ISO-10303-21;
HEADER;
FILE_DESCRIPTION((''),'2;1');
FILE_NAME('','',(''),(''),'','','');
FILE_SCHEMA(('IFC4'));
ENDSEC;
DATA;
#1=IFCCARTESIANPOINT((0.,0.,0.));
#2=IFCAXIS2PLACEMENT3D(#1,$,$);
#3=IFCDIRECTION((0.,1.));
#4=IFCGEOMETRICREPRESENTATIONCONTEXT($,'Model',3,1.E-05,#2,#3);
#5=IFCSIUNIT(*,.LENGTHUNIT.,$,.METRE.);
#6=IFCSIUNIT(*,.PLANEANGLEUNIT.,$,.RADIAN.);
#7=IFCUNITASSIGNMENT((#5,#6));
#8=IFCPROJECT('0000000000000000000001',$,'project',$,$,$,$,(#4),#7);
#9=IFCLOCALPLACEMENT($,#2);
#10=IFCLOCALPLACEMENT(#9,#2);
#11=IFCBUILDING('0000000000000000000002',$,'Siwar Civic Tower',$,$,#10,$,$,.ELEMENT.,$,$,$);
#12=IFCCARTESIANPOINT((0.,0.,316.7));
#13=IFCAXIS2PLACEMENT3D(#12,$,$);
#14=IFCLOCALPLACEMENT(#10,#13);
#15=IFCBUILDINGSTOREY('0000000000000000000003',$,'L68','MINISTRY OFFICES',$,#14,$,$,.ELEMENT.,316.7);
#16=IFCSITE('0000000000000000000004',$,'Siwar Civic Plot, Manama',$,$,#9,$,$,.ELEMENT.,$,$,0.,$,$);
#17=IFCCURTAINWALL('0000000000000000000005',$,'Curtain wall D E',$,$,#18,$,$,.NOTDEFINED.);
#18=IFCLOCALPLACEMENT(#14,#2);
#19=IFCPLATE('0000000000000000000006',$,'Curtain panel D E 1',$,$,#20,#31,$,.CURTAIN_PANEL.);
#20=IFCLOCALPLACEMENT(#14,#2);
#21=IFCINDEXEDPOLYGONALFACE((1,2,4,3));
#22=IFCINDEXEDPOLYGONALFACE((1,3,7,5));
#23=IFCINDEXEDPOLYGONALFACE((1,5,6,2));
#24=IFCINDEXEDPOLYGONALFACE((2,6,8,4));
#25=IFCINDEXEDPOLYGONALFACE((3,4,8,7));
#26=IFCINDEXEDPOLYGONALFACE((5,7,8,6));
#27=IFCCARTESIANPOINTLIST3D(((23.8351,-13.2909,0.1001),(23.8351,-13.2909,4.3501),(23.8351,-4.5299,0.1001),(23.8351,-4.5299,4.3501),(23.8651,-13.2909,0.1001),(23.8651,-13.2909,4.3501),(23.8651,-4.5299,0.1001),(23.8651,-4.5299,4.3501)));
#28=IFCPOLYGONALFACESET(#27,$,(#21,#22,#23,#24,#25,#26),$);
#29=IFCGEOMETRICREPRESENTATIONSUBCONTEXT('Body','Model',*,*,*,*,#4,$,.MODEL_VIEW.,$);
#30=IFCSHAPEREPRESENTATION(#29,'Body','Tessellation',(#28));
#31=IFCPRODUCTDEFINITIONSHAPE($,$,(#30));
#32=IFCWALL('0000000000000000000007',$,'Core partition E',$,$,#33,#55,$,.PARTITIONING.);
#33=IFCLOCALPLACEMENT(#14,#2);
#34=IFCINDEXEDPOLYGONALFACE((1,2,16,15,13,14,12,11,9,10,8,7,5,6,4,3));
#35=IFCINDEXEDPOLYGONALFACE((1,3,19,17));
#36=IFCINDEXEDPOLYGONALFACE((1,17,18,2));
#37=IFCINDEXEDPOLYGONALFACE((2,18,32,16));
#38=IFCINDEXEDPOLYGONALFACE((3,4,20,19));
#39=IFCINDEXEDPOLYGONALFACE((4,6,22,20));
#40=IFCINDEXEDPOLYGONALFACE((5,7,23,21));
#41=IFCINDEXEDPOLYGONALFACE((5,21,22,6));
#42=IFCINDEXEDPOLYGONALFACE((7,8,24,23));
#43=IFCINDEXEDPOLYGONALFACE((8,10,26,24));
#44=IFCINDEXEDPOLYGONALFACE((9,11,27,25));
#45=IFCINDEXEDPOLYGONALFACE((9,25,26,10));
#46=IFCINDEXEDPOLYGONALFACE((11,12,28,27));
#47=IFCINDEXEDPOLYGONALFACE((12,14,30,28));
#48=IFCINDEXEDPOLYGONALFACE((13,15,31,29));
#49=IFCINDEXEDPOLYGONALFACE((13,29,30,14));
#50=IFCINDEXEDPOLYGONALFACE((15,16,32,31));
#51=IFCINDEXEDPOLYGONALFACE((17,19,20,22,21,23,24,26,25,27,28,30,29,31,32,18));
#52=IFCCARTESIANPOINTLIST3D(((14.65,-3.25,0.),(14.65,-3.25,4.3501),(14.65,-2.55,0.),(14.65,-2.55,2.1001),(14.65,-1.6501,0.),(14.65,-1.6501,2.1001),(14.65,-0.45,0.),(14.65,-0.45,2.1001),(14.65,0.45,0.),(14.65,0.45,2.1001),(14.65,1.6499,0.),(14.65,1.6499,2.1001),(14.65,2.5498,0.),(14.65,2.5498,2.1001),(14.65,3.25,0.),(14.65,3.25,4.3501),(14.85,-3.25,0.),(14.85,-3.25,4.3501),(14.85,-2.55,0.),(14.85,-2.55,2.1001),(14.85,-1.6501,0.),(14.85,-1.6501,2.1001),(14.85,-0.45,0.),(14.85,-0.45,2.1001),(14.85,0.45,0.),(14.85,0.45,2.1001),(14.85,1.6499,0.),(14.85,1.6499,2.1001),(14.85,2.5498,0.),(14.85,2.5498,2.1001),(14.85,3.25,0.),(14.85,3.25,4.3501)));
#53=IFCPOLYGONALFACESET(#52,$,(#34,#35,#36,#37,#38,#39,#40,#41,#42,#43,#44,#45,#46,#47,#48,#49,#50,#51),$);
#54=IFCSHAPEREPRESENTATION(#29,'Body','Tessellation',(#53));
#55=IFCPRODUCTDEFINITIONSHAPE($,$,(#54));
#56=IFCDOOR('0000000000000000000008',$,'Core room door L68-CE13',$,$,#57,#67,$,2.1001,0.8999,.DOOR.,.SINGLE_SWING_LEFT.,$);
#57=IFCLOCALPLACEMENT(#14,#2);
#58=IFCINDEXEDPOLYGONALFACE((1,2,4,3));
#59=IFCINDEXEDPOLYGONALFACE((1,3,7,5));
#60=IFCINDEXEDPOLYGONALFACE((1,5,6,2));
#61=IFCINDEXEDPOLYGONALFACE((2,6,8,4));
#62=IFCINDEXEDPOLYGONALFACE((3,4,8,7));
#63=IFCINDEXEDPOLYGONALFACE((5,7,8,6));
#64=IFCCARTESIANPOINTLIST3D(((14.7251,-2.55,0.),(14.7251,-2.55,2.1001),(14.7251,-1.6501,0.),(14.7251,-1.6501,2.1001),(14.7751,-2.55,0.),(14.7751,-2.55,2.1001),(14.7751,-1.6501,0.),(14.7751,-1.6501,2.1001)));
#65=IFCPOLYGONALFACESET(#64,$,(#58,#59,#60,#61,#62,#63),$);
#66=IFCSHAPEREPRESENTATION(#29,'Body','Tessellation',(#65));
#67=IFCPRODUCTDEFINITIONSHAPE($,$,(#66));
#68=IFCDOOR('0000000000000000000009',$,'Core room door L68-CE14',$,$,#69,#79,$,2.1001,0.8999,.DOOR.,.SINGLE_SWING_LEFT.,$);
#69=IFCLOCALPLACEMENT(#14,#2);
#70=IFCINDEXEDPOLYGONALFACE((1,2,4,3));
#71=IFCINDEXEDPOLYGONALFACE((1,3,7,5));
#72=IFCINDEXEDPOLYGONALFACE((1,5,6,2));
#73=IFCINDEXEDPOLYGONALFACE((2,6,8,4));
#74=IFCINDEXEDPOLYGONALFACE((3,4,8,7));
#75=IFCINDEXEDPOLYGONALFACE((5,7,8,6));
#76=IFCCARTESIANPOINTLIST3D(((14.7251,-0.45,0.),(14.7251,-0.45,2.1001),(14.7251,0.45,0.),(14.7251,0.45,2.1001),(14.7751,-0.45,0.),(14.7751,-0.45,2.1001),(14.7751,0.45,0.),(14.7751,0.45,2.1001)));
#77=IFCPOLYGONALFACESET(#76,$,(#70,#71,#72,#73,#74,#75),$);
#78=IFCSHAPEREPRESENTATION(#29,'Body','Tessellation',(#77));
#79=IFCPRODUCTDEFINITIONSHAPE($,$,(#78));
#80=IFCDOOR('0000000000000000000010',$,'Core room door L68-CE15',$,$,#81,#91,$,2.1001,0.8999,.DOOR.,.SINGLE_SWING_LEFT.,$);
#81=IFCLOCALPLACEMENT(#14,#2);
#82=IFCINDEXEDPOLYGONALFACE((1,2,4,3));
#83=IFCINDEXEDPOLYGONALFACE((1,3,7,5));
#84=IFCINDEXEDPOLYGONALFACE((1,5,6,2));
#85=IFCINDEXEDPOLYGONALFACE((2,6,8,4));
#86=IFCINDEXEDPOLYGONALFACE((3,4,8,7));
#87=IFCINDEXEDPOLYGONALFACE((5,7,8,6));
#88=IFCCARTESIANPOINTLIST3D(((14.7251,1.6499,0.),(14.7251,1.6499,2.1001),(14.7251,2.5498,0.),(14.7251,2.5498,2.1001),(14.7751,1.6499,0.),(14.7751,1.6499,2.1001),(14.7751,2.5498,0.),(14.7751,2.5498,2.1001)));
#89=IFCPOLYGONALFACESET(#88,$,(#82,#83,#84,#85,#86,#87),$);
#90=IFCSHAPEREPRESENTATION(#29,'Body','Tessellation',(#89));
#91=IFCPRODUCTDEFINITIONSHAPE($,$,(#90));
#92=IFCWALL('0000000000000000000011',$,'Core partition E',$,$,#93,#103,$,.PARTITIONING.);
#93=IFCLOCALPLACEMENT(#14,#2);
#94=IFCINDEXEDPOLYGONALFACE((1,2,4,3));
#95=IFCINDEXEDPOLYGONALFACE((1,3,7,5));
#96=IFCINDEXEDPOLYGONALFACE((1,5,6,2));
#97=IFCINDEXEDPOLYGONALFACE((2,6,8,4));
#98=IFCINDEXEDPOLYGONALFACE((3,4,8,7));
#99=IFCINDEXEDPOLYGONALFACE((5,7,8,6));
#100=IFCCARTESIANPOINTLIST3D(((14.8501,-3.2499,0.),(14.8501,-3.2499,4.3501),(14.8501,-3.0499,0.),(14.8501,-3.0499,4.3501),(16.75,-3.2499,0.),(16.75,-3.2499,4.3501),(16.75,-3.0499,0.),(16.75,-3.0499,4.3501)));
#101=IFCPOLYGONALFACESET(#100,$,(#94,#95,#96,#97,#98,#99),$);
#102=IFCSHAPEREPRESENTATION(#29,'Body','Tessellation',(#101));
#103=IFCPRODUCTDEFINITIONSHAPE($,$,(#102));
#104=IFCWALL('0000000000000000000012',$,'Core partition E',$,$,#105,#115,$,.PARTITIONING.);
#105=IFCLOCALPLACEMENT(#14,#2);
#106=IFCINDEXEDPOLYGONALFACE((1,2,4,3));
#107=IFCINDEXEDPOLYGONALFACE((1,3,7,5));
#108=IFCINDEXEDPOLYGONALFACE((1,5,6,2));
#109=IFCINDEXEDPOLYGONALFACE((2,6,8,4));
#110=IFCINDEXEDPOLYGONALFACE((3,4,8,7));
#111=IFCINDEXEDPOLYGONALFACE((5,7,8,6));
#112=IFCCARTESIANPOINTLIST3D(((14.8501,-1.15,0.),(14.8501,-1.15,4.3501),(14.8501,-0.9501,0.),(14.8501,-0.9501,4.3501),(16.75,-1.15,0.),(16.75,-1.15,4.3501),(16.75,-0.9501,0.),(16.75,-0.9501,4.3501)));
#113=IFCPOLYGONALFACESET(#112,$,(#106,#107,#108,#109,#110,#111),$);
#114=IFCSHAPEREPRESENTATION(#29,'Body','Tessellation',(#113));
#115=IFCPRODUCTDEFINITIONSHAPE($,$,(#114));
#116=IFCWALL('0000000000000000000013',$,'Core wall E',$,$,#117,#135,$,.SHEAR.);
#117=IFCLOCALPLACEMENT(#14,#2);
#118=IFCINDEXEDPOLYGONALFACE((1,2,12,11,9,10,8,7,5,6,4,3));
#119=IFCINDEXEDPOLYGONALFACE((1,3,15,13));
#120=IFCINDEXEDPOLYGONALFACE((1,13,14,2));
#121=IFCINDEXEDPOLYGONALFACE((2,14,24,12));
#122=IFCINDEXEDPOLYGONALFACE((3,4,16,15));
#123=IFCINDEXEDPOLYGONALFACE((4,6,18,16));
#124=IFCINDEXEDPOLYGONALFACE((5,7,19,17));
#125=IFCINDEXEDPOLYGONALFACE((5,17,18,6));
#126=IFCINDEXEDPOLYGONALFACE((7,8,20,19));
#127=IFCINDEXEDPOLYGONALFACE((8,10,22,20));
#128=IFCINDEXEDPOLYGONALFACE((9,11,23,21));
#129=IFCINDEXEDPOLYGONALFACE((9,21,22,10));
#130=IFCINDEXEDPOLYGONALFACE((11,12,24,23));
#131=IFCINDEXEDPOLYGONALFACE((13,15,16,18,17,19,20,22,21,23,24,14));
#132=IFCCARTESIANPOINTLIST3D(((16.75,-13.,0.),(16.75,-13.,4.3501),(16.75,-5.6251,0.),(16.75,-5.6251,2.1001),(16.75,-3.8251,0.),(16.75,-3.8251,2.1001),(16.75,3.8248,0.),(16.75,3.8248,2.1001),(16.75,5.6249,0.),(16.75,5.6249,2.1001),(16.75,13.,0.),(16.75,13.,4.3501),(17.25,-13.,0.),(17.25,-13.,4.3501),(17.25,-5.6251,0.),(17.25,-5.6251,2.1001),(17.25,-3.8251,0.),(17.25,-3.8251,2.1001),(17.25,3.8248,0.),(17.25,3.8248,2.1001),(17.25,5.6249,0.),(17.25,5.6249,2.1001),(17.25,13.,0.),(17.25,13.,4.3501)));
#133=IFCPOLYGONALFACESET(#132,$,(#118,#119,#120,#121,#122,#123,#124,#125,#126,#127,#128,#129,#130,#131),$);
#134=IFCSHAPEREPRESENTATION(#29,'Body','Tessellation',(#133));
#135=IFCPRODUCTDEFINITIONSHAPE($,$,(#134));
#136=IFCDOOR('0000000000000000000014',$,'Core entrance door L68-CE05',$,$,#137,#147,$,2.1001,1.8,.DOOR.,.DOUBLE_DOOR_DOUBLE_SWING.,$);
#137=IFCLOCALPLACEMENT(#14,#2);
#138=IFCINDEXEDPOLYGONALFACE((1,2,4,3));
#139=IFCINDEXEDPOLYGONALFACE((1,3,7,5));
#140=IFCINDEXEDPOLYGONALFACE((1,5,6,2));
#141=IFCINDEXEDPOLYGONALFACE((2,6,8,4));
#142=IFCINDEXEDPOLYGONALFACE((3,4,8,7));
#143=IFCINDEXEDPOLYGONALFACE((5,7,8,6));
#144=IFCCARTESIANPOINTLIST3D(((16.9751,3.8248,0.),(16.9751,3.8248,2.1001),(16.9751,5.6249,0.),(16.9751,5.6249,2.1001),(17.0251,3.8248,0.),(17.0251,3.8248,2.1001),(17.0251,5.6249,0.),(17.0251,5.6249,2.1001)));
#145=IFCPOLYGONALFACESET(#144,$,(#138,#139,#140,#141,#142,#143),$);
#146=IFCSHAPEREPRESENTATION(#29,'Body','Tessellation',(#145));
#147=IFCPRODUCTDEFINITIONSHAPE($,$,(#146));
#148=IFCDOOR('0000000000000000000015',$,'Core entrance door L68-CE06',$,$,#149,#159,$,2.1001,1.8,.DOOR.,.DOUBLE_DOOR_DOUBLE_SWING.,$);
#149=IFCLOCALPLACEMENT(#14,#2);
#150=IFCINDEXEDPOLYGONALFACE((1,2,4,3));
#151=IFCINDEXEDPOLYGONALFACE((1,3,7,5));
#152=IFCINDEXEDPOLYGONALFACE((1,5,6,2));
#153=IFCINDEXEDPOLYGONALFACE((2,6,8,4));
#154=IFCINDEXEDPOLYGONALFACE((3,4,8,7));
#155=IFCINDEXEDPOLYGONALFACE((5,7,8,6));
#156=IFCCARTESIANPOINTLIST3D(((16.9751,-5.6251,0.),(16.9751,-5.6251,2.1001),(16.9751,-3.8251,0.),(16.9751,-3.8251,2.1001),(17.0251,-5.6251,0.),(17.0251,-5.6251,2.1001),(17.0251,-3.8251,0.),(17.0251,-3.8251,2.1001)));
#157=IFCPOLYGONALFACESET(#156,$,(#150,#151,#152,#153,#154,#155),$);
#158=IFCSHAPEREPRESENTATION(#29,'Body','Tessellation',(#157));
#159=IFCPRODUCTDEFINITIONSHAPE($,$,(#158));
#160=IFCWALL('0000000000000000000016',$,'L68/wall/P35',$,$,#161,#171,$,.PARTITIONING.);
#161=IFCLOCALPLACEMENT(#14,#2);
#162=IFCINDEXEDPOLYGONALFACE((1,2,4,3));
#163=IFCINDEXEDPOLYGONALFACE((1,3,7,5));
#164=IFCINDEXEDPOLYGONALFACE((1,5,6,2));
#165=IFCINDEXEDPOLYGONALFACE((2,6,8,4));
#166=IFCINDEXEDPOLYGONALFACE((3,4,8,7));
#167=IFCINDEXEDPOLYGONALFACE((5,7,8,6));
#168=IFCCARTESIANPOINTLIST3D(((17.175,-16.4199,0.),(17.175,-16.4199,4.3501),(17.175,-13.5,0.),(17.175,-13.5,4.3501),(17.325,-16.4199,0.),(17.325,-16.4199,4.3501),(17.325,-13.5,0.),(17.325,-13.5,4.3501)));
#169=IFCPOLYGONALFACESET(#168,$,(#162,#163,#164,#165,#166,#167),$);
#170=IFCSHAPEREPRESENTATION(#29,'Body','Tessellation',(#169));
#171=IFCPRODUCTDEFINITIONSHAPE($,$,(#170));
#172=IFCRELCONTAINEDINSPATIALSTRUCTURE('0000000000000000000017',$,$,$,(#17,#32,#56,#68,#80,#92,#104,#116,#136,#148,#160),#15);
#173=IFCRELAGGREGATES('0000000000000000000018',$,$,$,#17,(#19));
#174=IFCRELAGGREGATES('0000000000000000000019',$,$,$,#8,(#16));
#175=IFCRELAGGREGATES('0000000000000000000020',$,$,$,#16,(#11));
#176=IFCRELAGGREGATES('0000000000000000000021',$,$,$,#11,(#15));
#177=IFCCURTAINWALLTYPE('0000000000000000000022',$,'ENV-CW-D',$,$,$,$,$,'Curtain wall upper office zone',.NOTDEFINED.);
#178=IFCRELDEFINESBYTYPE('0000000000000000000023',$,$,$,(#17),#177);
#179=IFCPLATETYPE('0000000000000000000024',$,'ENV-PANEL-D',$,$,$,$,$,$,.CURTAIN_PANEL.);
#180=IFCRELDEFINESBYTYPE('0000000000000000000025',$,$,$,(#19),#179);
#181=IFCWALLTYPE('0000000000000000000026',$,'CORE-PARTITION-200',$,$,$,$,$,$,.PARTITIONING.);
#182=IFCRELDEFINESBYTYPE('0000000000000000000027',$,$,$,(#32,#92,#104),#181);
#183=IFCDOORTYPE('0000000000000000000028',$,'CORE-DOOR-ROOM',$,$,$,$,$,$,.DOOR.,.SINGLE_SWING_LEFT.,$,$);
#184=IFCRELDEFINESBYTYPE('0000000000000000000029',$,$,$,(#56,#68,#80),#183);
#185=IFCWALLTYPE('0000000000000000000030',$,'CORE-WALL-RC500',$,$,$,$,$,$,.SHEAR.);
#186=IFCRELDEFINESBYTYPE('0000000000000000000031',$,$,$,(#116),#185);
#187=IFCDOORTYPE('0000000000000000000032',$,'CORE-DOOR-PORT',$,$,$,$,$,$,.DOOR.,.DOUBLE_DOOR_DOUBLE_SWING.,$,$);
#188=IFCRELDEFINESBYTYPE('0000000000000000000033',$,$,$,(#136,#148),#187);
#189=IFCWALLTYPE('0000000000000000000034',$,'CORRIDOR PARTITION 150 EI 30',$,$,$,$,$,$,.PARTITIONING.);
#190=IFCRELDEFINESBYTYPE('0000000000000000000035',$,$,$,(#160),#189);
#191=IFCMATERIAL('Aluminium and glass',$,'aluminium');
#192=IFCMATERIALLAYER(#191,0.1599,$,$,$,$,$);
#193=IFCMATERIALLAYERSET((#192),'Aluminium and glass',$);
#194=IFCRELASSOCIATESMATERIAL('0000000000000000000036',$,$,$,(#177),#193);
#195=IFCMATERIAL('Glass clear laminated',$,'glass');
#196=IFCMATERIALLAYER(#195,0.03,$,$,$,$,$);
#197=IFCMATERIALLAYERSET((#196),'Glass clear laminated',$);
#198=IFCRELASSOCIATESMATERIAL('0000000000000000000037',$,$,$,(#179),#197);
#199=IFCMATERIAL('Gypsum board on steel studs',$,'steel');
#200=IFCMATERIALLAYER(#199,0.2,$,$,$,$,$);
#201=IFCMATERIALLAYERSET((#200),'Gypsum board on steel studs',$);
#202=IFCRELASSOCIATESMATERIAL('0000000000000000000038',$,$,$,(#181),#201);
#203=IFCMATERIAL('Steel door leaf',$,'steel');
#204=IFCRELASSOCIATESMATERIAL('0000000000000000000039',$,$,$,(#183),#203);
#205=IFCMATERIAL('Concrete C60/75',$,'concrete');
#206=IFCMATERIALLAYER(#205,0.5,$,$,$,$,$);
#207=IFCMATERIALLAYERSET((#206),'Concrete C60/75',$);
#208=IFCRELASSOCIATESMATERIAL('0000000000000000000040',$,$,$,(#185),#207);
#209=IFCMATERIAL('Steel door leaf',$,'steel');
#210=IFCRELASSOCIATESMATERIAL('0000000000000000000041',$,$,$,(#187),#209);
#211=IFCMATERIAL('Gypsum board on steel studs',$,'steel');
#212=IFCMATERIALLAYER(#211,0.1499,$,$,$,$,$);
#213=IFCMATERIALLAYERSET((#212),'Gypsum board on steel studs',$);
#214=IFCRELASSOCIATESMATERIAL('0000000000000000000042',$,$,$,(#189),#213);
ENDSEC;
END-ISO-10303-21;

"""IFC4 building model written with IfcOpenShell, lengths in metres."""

from ifc_helpers import new_model, si_unit, direction, frame, frame_2d, origin, origin_2d, place, context, subcontext, project, spatial, rectangle, extrude, material, layer, layer_set, type_object, element, fill, aggregate, save


model = new_model("IFC4")

# Units and contexts
model_context = context("Model", 3, precision=1e-05, world=origin(), true_north=direction((0.0, 1.0)))
body_context = subcontext(model_context, "Body", "Model", "MODEL_VIEW")
ifc_project = project(units=[si_unit("LENGTHUNIT", "METRE"), si_unit("PLANEANGLEUNIT", "RADIAN")], contexts=[model_context])

# Site, building, storey
site_placement = place(None, origin())
site = spatial("IfcSite", under=ifc_project, at=site_placement, Name="Siwar Civic Plot, Manama", CompositionType="ELEMENT", RefElevation=0.0)
building_placement = place(site_placement, origin())
building = spatial("IfcBuilding", under=site, at=building_placement, Name="Siwar Civic Tower", CompositionType="ELEMENT")
storey_placement = place(building_placement, frame((0.0, 0.0, 316.7)))
storey = spatial("IfcBuildingStorey", under=building, at=storey_placement, Name="L68", Description="MINISTRY OFFICES", CompositionType="ELEMENT", Elevation=316.7)

# Curtain wall
ifc_material_1 = material(Name="Aluminium and glass", Category="aluminium")
ifc_layer_1 = layer(ifc_material_1, 0.1599)
ifc_layer_set_1 = layer_set([ifc_layer_1], Name="Aluminium and glass")
curtain_wall_type = type_object("IfcCurtainWallType", Name="ENV-CW-D", ElementType="Curtain wall upper office zone", PredefinedType="NOTDEFINED", material=ifc_layer_set_1)
curtain_wall_placement = place(storey_placement, origin())
curtain_wall = element("IfcCurtainWall", 1, at=curtain_wall_placement, inside=storey, type_object=curtain_wall_type, Name="Curtain wall D E", PredefinedType="NOTDEFINED")

# Plate
ifc_material_2 = material(Name="Glass clear laminated", Category="glass")
ifc_layer_2 = layer(ifc_material_2, 0.03)
ifc_layer_set_2 = layer_set([ifc_layer_2], Name="Glass clear laminated")
plate_type = type_object("IfcPlateType", Name="ENV-PANEL-D", PredefinedType="CURTAIN_PANEL", material=ifc_layer_set_2)
plate_placement = place(storey_placement, frame((23.8501, -8.9104, 0.1001), z_axis=(0.0, 0.0, 1.0), x_axis=(0.0, 1.0, 0.0)))
plate = element("IfcPlate", 2, at=plate_placement, type_object=plate_type, Name="Curtain panel D E 1", PredefinedType="CURTAIN_PANEL", context=body_context, shape_type="SweptSolid", body=[
    extrude(rectangle(XDim=8.761, YDim=0.03, at=origin_2d()), origin(), (0.0, 0.0, 1.0), 4.25),
])
aggregate(curtain_wall, [plate])

# Wall, openings, doors
ifc_material_3 = material(Name="Gypsum board on steel studs", Category="steel")
ifc_layer_3 = layer(ifc_material_3, 0.2)
ifc_layer_set_3 = layer_set([ifc_layer_3], Name="Gypsum board on steel studs")
wall_type_1 = type_object("IfcWallType", Name="CORE-PARTITION-200", PredefinedType="PARTITIONING", material=ifc_layer_set_3)
wall_1_placement = place(storey_placement, frame((14.75, -3.25, 0.0), z_axis=(0.0, 0.0, 1.0), x_axis=(0.0, 1.0, 0.0)))
wall_1 = element("IfcWall", 3, at=wall_1_placement, inside=storey, type_object=wall_type_1, Name="Core partition E", PredefinedType="PARTITIONING", context=body_context, shape_type="SweptSolid", body=[
    extrude(rectangle(XDim=6.5, YDim=0.2, at=frame_2d((3.25, 0.0))), origin(), (0.0, 0.0, 1.0), 4.3501),
])
opening_1_placement = place(wall_1_placement, frame((0.7, 0.0, 0.0)))
opening_1 = element("IfcOpeningElement", 4, at=opening_1_placement, cuts=wall_1, PredefinedType="OPENING", context=body_context, shape_type="SweptSolid", body=[
    extrude(rectangle(XDim=0.8999, YDim=2.1001, at=frame_2d((0.45, 1.05))), frame((0.0, 0.1099, 0.0), z_axis=(0.0, -1.0, 0.0), x_axis=(1.0, 0.0, 0.0)), (0.0, 0.0, 1.0), 0.22),
])
opening_2_placement = place(wall_1_placement, frame((2.8, 0.0, 0.0)))
opening_2 = element("IfcOpeningElement", 5, at=opening_2_placement, cuts=wall_1, PredefinedType="OPENING", context=body_context, shape_type="SweptSolid", body=[
    extrude(rectangle(XDim=0.8999, YDim=2.1001, at=frame_2d((0.45, 1.05))), frame((0.0, 0.1099, 0.0), z_axis=(0.0, -1.0, 0.0), x_axis=(1.0, 0.0, 0.0)), (0.0, 0.0, 1.0), 0.22),
])
opening_3_placement = place(wall_1_placement, frame((4.8999, 0.0, 0.0)))
opening_3 = element("IfcOpeningElement", 6, at=opening_3_placement, cuts=wall_1, PredefinedType="OPENING", context=body_context, shape_type="SweptSolid", body=[
    extrude(rectangle(XDim=0.8999, YDim=2.1001, at=frame_2d((0.45, 1.05))), frame((0.0, 0.1099, 0.0), z_axis=(0.0, -1.0, 0.0), x_axis=(1.0, 0.0, 0.0)), (0.0, 0.0, 1.0), 0.22),
])
ifc_material_4 = material(Name="Steel door leaf", Category="steel")
door_type_1 = type_object("IfcDoorType", Name="CORE-DOOR-ROOM", OperationType="SINGLE_SWING_LEFT", PredefinedType="DOOR", material=ifc_material_4)
door_1_placement = place(opening_1_placement, origin())
door_1 = element("IfcDoor", 7, at=door_1_placement, inside=storey, type_object=door_type_1, Name="Core room door L68-CE13", OperationType="SINGLE_SWING_LEFT", OverallHeight=2.1001, OverallWidth=0.8999, PredefinedType="DOOR", context=body_context, shape_type="SweptSolid", body=[
    extrude(rectangle(XDim=0.8999, YDim=2.1001, at=frame_2d((0.45, 1.05))), frame((0.0, 0.0249, 0.0), z_axis=(0.0, -1.0, 0.0), x_axis=(1.0, 0.0, 0.0)), (0.0, 0.0, 1.0), 0.05),
])
fill(opening_1, door_1)
door_2_placement = place(opening_2_placement, origin())
door_2 = element("IfcDoor", 8, at=door_2_placement, inside=storey, type_object=door_type_1, Name="Core room door L68-CE14", OperationType="SINGLE_SWING_LEFT", OverallHeight=2.1001, OverallWidth=0.8999, PredefinedType="DOOR", context=body_context, shape_type="SweptSolid", body=[
    extrude(rectangle(XDim=0.8999, YDim=2.1001, at=frame_2d((0.45, 1.05))), frame((0.0, 0.0249, 0.0), z_axis=(0.0, -1.0, 0.0), x_axis=(1.0, 0.0, 0.0)), (0.0, 0.0, 1.0), 0.05),
])
fill(opening_2, door_2)
door_3_placement = place(opening_3_placement, origin())
door_3 = element("IfcDoor", 9, at=door_3_placement, inside=storey, type_object=door_type_1, Name="Core room door L68-CE15", OperationType="SINGLE_SWING_LEFT", OverallHeight=2.1001, OverallWidth=0.8999, PredefinedType="DOOR", context=body_context, shape_type="SweptSolid", body=[
    extrude(rectangle(XDim=0.8999, YDim=2.1001, at=frame_2d((0.45, 1.05))), frame((0.0, 0.0249, 0.0), z_axis=(0.0, -1.0, 0.0), x_axis=(1.0, 0.0, 0.0)), (0.0, 0.0, 1.0), 0.05),
])
fill(opening_3, door_3)

# Walls
for number, where, z_axis, x_axis, name in (
    (10, (14.8501, -3.1499, 0.0), (0.0, 0.0, 1.0), (1.0, 0.0, 0.0), "Core partition E"),
    (11, (14.8501, -1.05, 0.0), (0.0, 0.0, 1.0), (1.0, 0.0, 0.0), "Core partition E"),
):
    element("IfcWall", number, at=place(storey_placement, frame(where, z_axis=z_axis, x_axis=x_axis)), inside=storey, type_object=wall_type_1, Name=name, PredefinedType="PARTITIONING", context=body_context, shape_type="SweptSolid", body=[
        extrude(rectangle(XDim=1.8999, YDim=0.2, at=frame_2d((0.95, 0.0))), origin(), (0.0, 0.0, 1.0), 4.3501),
    ])

# Wall, openings, doors
ifc_material_5 = material(Name="Concrete C60/75", Category="concrete")
ifc_layer_4 = layer(ifc_material_5, 0.5)
ifc_layer_set_4 = layer_set([ifc_layer_4], Name="Concrete C60/75")
wall_type_2 = type_object("IfcWallType", Name="CORE-WALL-RC500", PredefinedType="SHEAR", material=ifc_layer_set_4)
wall_2_placement = place(storey_placement, frame((17.0, -13.0, 0.0), z_axis=(0.0, 0.0, 1.0), x_axis=(0.0, 1.0, 0.0)))
wall_2 = element("IfcWall", 12, at=wall_2_placement, inside=storey, type_object=wall_type_2, Name="Core wall E", PredefinedType="SHEAR", context=body_context, shape_type="SweptSolid", body=[
    extrude(rectangle(XDim=26.0, YDim=0.5, at=frame_2d((13.0, 0.0))), origin(), (0.0, 0.0, 1.0), 4.3501),
])
opening_4_placement = place(wall_2_placement, frame((16.825, 0.0, 0.0)))
opening_4 = element("IfcOpeningElement", 13, at=opening_4_placement, cuts=wall_2, PredefinedType="OPENING", context=body_context, shape_type="SweptSolid", body=[
    extrude(rectangle(XDim=1.8, YDim=2.1001, at=frame_2d((0.8999, 1.05))), frame((0.0, 0.26, 0.0), z_axis=(0.0, -1.0, 0.0), x_axis=(1.0, 0.0, 0.0)), (0.0, 0.0, 1.0), 0.52),
])
opening_5_placement = place(wall_2_placement, frame((7.375, 0.0, 0.0)))
opening_5 = element("IfcOpeningElement", 14, at=opening_5_placement, cuts=wall_2, PredefinedType="OPENING", context=body_context, shape_type="SweptSolid", body=[
    extrude(rectangle(XDim=1.8, YDim=2.1001, at=frame_2d((0.8999, 1.05))), frame((0.0, 0.26, 0.0), z_axis=(0.0, -1.0, 0.0), x_axis=(1.0, 0.0, 0.0)), (0.0, 0.0, 1.0), 0.52),
])
ifc_material_6 = material(Name="Steel door leaf", Category="steel")
door_type_2 = type_object("IfcDoorType", Name="CORE-DOOR-PORT", OperationType="DOUBLE_DOOR_DOUBLE_SWING", PredefinedType="DOOR", material=ifc_material_6)
door_4_placement = place(opening_4_placement, origin())
door_4 = element("IfcDoor", 15, at=door_4_placement, inside=storey, type_object=door_type_2, Name="Core entrance door L68-CE05", OperationType="DOUBLE_DOOR_DOUBLE_SWING", OverallHeight=2.1001, OverallWidth=1.8, PredefinedType="DOOR", context=body_context, shape_type="SweptSolid", body=[
    extrude(rectangle(XDim=1.8, YDim=2.1001, at=frame_2d((0.8999, 1.05))), frame((0.0, 0.0249, 0.0), z_axis=(0.0, -1.0, 0.0), x_axis=(1.0, 0.0, 0.0)), (0.0, 0.0, 1.0), 0.05),
])
fill(opening_4, door_4)
door_5_placement = place(opening_5_placement, origin())
door_5 = element("IfcDoor", 16, at=door_5_placement, inside=storey, type_object=door_type_2, Name="Core entrance door L68-CE06", OperationType="DOUBLE_DOOR_DOUBLE_SWING", OverallHeight=2.1001, OverallWidth=1.8, PredefinedType="DOOR", context=body_context, shape_type="SweptSolid", body=[
    extrude(rectangle(XDim=1.8, YDim=2.1001, at=frame_2d((0.8999, 1.05))), frame((0.0, 0.0249, 0.0), z_axis=(0.0, -1.0, 0.0), x_axis=(1.0, 0.0, 0.0)), (0.0, 0.0, 1.0), 0.05),
])
fill(opening_5, door_5)

# Wall
ifc_material_7 = material(Name="Gypsum board on steel studs", Category="steel")
ifc_layer_5 = layer(ifc_material_7, 0.1499)
ifc_layer_set_5 = layer_set([ifc_layer_5], Name="Gypsum board on steel studs")
wall_type_3 = type_object("IfcWallType", Name="CORRIDOR PARTITION 150 EI 30", PredefinedType="PARTITIONING", material=ifc_layer_set_5)
wall_3_placement = place(storey_placement, frame((17.25, -16.4199, 0.0), z_axis=(0.0, 0.0, 1.0), x_axis=(0.0, 1.0, 0.0)))
element("IfcWall", 17, at=wall_3_placement, inside=storey, type_object=wall_type_3, Name="L68/wall/P35", PredefinedType="PARTITIONING", context=body_context, shape_type="SweptSolid", body=[
    extrude(rectangle(XDim=2.9199, YDim=0.1499, at=frame_2d((1.46, 0.0))), origin(), (0.0, 0.0, 1.0), 4.3501),
])

save(model, "model.ifc")
